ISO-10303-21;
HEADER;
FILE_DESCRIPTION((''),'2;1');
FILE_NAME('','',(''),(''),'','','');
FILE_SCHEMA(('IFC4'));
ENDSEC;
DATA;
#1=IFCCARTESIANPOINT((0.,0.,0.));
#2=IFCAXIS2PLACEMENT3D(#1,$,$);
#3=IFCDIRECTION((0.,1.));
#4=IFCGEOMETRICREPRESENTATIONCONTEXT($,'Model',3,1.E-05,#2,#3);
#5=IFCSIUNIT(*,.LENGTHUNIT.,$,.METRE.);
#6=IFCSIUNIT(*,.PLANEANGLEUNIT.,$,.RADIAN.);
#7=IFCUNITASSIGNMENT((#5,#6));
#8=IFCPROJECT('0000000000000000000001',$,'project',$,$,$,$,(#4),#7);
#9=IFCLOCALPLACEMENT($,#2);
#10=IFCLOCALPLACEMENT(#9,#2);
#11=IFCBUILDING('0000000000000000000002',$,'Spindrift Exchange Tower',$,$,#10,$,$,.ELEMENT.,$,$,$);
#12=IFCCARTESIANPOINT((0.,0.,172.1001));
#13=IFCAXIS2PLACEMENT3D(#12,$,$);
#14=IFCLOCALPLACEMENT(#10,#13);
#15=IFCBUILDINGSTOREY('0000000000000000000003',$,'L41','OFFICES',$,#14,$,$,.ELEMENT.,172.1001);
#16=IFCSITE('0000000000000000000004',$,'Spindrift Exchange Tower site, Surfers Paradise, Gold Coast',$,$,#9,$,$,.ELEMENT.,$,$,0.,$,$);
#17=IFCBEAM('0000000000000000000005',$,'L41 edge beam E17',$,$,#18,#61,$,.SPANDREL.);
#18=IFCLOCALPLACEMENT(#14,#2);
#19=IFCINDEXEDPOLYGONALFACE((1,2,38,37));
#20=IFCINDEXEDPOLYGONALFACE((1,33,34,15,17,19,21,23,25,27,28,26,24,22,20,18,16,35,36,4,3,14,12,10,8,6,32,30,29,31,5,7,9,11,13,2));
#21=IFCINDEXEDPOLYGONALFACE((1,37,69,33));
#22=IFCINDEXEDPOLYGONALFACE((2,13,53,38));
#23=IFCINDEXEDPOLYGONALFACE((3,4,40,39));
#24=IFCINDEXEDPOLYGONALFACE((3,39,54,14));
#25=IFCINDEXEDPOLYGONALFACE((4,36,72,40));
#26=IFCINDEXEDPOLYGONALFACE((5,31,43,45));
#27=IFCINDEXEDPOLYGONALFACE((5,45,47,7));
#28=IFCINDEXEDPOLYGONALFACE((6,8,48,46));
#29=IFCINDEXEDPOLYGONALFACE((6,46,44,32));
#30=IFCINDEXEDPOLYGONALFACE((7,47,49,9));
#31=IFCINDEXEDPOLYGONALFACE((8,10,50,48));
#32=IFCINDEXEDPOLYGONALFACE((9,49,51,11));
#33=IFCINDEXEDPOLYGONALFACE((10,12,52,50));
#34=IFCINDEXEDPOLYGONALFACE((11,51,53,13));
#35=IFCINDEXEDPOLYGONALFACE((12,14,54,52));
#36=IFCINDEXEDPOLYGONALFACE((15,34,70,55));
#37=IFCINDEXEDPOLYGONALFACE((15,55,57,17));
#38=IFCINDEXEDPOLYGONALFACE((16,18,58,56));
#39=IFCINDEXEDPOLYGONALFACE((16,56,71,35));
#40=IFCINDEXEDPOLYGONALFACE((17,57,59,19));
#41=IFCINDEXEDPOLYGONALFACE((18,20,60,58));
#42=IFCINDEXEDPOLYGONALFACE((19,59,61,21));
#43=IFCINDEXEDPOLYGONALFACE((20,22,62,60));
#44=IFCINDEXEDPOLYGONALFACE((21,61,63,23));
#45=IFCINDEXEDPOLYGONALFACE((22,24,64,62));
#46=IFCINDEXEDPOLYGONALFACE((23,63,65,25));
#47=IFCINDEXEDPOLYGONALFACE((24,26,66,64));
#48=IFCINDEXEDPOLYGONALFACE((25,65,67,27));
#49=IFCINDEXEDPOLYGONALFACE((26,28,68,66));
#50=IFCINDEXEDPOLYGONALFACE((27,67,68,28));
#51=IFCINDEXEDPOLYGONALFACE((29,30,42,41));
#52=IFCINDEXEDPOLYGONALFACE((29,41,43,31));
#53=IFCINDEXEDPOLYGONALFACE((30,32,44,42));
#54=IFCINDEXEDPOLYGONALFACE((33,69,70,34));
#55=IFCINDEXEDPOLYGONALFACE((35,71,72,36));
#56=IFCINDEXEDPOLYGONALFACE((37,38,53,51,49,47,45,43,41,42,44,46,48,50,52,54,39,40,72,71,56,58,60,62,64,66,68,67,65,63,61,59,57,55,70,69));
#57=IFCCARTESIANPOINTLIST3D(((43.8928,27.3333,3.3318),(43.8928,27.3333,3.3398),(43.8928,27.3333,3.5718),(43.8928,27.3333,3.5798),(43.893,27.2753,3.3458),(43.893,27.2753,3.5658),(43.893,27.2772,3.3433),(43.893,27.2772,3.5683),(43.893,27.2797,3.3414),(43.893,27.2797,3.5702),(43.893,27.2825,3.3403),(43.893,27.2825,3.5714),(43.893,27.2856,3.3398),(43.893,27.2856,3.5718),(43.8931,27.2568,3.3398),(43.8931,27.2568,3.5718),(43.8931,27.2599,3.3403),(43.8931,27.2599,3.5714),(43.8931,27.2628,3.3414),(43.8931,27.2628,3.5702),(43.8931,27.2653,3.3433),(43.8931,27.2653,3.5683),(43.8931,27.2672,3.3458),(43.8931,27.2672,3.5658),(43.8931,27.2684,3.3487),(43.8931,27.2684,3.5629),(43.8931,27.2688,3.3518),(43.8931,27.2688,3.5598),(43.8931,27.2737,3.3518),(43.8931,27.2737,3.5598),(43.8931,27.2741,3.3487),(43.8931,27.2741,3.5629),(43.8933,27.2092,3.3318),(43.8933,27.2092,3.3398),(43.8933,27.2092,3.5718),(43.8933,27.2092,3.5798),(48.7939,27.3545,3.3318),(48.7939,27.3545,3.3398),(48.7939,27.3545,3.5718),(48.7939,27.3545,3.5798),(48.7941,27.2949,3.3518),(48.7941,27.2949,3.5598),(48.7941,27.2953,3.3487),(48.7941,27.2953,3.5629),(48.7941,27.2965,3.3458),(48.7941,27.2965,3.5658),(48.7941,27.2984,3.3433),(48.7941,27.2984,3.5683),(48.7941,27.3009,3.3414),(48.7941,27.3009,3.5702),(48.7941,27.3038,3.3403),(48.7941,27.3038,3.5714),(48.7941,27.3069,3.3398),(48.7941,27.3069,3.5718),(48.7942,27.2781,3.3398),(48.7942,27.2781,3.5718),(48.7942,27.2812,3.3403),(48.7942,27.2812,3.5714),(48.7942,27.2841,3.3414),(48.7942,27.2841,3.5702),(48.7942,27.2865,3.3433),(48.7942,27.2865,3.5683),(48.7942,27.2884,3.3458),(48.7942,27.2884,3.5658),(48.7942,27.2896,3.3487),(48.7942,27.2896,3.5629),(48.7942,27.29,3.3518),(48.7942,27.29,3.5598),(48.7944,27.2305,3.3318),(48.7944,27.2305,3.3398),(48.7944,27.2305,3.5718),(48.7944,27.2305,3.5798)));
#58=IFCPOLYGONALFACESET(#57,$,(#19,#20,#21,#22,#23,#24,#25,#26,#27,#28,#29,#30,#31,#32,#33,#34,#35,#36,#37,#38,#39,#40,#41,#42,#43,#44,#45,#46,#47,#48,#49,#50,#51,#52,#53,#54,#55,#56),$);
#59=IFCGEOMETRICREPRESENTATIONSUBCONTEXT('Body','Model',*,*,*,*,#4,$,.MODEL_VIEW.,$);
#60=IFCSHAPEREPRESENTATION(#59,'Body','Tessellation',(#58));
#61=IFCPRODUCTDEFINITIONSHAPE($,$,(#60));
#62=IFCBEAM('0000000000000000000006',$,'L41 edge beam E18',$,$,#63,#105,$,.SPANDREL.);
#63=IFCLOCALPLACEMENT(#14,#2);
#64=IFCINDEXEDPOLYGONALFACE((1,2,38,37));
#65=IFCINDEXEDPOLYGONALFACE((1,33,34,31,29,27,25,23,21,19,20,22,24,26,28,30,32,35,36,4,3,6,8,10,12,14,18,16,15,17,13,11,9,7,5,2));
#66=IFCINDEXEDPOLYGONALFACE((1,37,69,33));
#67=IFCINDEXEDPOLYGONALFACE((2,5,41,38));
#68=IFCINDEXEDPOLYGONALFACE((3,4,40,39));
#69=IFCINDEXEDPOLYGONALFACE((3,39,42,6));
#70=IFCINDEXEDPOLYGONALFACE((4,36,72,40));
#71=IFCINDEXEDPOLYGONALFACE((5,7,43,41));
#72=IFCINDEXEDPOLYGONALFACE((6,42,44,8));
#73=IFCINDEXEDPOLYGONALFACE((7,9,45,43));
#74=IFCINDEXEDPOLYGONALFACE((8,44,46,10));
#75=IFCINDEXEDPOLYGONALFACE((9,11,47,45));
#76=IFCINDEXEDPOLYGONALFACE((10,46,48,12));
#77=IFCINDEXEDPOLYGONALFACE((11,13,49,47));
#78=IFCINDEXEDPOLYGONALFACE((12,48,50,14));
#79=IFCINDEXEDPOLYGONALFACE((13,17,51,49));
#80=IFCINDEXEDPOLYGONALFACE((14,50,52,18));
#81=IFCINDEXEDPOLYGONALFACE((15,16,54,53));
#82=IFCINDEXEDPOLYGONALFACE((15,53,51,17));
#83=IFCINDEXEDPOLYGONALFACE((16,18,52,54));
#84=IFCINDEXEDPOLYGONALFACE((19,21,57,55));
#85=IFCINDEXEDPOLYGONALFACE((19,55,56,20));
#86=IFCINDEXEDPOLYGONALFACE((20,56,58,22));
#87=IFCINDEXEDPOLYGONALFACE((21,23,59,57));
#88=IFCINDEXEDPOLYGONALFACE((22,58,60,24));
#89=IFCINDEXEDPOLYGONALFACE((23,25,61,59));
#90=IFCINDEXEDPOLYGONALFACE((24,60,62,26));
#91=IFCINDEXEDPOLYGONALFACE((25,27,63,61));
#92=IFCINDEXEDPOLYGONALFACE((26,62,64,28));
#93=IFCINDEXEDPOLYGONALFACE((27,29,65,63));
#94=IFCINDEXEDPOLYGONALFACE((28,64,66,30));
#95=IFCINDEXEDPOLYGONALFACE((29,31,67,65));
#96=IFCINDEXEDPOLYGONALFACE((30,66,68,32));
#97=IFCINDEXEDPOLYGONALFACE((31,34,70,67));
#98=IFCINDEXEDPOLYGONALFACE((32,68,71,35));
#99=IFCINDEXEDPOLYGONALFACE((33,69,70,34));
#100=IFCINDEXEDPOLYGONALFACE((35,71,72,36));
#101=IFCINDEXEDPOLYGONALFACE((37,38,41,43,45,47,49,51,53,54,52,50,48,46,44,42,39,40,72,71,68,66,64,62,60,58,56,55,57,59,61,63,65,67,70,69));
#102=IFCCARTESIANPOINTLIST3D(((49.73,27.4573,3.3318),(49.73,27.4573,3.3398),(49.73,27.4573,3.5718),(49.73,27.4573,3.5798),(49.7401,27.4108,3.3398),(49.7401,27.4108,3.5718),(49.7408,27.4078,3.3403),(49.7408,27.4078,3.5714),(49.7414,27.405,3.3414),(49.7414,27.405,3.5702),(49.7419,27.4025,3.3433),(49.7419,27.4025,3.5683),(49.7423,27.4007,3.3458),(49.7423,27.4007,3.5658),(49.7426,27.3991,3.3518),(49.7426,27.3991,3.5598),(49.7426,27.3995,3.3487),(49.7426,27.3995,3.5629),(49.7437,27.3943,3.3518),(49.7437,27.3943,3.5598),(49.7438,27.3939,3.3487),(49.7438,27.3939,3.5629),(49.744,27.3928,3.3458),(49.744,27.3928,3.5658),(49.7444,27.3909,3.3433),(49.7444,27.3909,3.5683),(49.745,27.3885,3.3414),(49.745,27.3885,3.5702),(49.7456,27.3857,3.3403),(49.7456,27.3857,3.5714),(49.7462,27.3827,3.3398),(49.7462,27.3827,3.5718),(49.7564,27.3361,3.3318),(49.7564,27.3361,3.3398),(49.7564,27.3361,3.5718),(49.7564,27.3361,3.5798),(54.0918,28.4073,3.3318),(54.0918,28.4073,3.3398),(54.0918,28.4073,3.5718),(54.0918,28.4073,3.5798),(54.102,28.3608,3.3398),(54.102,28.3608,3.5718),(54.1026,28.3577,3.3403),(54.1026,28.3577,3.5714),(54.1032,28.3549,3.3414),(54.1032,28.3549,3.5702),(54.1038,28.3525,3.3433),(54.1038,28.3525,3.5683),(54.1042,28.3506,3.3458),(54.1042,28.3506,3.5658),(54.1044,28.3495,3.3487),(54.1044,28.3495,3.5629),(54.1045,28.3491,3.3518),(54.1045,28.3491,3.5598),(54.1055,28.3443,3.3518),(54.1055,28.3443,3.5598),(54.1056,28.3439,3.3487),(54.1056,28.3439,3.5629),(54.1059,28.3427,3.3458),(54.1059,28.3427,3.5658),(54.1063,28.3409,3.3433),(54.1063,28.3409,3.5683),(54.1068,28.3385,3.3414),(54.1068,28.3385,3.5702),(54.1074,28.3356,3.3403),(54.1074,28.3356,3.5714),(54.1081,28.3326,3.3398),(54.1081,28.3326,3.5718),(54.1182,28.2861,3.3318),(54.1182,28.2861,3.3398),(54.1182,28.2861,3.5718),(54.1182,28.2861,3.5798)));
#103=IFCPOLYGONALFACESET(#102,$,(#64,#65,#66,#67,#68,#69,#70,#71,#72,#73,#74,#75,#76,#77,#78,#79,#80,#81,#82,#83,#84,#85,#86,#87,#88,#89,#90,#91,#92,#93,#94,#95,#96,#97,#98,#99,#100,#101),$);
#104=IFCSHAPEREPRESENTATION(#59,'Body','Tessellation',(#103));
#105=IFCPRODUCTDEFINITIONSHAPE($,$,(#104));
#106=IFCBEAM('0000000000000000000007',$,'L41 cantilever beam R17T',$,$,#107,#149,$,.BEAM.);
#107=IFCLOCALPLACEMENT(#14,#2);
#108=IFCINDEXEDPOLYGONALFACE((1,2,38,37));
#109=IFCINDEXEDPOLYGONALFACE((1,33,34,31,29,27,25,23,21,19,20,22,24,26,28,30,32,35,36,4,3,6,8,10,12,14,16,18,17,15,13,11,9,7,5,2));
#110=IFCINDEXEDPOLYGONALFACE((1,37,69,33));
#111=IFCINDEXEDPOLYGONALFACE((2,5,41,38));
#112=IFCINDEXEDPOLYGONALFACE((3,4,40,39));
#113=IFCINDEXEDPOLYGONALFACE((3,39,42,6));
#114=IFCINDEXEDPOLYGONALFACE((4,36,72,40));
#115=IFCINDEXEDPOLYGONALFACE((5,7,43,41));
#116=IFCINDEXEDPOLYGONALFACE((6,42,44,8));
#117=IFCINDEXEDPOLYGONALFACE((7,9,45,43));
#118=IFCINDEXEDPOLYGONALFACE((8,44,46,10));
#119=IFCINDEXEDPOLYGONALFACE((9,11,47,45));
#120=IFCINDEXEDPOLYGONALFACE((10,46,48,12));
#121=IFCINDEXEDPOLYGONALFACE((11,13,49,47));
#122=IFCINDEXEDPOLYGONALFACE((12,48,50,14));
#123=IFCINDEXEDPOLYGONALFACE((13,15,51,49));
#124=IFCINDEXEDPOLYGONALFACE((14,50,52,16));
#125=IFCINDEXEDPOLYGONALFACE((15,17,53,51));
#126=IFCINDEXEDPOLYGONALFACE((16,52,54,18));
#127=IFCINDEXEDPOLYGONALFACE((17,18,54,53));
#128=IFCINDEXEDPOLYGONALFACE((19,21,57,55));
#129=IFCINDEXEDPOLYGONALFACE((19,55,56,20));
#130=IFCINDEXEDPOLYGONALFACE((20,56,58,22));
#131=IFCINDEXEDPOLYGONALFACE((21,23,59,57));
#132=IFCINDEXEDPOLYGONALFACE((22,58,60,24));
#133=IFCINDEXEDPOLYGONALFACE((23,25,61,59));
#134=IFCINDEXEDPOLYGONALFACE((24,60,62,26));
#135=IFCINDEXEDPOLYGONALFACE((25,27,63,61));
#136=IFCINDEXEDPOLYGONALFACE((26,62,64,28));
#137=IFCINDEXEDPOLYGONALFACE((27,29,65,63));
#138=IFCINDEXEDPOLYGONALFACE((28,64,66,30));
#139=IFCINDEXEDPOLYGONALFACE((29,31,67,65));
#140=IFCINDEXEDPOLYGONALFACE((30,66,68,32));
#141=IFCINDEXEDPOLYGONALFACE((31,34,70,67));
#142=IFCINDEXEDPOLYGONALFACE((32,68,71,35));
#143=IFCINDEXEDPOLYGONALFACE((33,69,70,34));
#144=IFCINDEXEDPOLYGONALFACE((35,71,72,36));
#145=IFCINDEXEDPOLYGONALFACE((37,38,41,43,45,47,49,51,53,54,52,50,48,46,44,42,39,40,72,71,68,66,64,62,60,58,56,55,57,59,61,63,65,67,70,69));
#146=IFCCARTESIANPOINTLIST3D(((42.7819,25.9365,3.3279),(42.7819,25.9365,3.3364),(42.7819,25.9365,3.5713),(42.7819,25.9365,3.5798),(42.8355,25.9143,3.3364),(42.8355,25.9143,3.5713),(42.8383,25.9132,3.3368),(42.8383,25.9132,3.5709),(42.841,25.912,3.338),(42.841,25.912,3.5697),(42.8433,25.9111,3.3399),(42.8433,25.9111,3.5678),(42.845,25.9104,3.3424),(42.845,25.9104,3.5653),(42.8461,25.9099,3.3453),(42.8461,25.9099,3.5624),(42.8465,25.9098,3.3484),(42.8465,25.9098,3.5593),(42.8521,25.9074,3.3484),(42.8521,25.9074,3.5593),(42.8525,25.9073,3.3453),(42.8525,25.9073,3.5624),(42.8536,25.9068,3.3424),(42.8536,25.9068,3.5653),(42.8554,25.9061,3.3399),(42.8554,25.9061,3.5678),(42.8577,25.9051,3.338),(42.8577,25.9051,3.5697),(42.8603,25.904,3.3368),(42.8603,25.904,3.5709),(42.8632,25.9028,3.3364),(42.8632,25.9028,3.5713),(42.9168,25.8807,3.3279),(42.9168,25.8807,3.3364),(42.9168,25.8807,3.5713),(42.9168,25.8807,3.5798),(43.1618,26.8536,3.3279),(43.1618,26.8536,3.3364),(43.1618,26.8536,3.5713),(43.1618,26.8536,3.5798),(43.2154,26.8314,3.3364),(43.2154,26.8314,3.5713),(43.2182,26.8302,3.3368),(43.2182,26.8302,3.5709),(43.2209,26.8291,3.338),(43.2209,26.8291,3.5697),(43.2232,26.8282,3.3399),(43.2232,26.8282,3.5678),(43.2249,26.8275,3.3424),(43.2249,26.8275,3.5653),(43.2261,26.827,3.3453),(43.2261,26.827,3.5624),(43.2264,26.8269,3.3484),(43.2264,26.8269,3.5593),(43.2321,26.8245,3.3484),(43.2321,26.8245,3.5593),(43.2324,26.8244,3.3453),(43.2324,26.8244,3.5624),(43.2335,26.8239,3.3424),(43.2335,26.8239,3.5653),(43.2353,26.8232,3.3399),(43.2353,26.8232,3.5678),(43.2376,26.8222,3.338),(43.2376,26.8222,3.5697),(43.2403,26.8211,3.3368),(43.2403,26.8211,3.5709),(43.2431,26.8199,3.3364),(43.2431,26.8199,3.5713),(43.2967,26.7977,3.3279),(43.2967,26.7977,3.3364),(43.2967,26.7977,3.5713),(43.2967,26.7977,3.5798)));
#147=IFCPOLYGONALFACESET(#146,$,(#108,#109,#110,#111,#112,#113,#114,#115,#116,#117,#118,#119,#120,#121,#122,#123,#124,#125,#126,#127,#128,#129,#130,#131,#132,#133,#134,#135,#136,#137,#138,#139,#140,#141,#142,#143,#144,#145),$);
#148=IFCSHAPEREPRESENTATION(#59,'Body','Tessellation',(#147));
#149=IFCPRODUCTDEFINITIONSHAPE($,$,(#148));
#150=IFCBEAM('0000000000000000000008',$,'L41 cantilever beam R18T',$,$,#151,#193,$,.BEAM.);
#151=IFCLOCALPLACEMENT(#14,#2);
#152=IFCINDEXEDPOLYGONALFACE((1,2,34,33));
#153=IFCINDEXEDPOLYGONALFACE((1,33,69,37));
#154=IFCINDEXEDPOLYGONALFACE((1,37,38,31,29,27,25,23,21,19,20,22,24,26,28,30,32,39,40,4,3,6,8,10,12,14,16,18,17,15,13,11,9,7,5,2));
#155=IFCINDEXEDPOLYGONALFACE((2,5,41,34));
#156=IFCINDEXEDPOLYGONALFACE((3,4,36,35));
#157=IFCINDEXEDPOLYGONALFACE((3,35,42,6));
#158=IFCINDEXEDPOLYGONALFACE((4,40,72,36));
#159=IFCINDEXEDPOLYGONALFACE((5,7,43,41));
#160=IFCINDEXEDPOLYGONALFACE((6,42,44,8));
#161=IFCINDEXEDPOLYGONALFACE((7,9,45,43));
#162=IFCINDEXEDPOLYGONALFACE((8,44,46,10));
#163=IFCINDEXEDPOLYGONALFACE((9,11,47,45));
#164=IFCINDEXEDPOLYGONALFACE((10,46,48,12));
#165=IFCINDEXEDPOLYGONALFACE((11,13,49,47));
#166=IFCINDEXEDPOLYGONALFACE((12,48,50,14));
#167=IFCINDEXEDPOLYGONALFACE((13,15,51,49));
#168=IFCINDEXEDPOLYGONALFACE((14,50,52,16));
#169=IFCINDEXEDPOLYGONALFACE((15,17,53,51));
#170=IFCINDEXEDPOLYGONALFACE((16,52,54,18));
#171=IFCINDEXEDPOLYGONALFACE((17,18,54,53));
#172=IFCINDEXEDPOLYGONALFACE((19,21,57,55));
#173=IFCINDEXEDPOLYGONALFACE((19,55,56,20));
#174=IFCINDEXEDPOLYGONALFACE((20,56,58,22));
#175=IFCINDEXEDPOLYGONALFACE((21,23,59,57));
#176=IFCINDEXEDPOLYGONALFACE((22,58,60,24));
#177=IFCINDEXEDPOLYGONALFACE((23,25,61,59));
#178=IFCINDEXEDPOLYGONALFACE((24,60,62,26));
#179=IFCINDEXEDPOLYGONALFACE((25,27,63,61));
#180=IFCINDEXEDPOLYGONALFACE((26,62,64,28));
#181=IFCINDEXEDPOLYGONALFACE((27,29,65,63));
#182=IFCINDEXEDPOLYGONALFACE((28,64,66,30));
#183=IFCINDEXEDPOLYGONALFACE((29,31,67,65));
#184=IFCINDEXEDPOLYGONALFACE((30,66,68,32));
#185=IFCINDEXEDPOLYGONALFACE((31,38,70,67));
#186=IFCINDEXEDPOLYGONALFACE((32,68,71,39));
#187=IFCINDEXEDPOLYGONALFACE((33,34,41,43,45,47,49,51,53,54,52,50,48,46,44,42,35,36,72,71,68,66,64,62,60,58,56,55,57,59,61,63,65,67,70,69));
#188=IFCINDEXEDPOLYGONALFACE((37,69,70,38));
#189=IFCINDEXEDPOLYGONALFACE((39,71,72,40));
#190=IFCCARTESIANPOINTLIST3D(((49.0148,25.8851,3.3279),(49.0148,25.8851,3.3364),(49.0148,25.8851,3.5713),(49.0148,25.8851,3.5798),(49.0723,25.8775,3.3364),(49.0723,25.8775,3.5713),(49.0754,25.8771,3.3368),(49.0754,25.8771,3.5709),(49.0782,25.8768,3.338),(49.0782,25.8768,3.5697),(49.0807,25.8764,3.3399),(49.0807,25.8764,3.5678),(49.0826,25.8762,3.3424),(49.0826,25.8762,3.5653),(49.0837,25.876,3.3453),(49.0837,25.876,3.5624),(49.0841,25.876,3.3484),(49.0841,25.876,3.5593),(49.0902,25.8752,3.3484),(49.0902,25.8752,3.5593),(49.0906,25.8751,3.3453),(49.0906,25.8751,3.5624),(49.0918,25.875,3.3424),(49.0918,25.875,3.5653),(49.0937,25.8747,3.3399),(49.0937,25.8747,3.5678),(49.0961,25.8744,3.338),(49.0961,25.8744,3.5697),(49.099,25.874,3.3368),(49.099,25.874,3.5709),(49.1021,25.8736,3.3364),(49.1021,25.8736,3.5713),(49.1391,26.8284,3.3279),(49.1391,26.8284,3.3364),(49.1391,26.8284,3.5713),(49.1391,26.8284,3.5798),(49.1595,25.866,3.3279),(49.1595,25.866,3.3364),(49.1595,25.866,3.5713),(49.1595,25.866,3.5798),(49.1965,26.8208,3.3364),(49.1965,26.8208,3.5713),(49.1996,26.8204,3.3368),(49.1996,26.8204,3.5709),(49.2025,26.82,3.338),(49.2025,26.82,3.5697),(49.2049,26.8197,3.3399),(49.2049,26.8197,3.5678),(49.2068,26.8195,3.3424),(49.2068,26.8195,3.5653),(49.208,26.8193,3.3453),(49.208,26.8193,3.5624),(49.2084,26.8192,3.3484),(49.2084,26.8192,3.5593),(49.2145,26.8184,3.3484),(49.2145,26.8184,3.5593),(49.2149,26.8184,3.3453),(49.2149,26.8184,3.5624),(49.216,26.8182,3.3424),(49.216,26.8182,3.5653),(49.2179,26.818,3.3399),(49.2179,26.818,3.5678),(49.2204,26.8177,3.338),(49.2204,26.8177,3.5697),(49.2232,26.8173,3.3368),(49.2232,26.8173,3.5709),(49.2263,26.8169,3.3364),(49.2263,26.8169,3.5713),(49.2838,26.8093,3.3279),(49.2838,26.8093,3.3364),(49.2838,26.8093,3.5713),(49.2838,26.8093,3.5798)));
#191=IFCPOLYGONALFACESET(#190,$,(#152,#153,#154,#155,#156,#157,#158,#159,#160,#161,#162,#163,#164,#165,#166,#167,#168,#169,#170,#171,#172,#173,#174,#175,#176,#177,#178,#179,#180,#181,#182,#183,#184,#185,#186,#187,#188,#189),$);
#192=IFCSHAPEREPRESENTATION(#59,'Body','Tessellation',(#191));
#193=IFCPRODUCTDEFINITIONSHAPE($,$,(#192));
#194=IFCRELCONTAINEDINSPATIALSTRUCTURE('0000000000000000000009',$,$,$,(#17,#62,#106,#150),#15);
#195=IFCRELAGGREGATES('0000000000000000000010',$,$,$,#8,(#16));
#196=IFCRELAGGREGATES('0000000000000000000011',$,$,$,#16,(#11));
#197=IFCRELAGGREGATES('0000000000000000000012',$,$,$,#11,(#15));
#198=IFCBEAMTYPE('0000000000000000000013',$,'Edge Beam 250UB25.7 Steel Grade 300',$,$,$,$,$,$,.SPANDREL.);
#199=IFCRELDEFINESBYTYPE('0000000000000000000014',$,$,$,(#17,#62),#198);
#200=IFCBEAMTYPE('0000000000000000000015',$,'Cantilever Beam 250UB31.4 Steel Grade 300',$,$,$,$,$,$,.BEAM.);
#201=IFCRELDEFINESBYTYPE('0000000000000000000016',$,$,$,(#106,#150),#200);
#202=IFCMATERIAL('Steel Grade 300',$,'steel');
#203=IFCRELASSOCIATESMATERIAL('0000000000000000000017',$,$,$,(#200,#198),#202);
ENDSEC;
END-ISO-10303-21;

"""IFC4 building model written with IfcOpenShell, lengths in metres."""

from ifc_helpers import new_model, si_unit, direction, frame, origin, origin_2d, place, context, subcontext, project, spatial, i_section, extrude, source, transform, mapped, material, material_profile, profile_set, type_object, element, save


model = new_model("IFC4")

# Units and contexts
model_context = context("Model", 3, precision=1e-05, world=origin(), true_north=direction((0.0, 1.0)))
body_context = subcontext(model_context, "Body", "Model", "MODEL_VIEW")
ifc_project = project(units=[si_unit("LENGTHUNIT", "METRE"), si_unit("PLANEANGLEUNIT", "RADIAN")], contexts=[model_context])

# Site, building, storey
site_placement = place(None, origin())
site = spatial("IfcSite", under=ifc_project, at=site_placement, Name="Spindrift Exchange Tower site, Surfers Paradise, Gold Coast", CompositionType="ELEMENT", RefElevation=0.0)
building_placement = place(site_placement, origin())
building = spatial("IfcBuilding", under=site, at=building_placement, Name="Spindrift Exchange Tower", CompositionType="ELEMENT")
storey_placement = place(building_placement, frame((0.0, 0.0, 172.1001)))
storey = spatial("IfcBuildingStorey", under=building, at=storey_placement, Name="L41", Description="OFFICES", CompositionType="ELEMENT", Elevation=172.1001)

# Beams
ifc_material_1 = material(Name="Steel Grade 300", Category="steel")
ifc_material_profile_1 = material_profile(ifc_material_1, i_section(OverallWidth=0.146, OverallDepth=0.252, WebThickness=0.0061, FlangeThickness=0.0085, FilletRadius=0.012, at=origin_2d()), Name="250UB31.4")
ifc_profile_set_1 = profile_set([ifc_material_profile_1], Name="Steel Grade 300")
beam_type_1 = type_object("IfcBeamType", Name="Cantilever Beam 250UB31.4 Steel Grade 300", PredefinedType="BEAM", material=ifc_profile_set_1)
ifc_material_profile_2 = material_profile(ifc_material_1, i_section(OverallWidth=0.124, OverallDepth=0.248, WebThickness=0.0049, FlangeThickness=0.0081, FilletRadius=0.012, at=origin_2d()), Name="250UB25.7")
ifc_profile_set_2 = profile_set([ifc_material_profile_2], Name="Steel Grade 300")
beam_type_2 = type_object("IfcBeamType", Name="Edge Beam 250UB25.7 Steel Grade 300", PredefinedType="SPANDREL", material=ifc_profile_set_2)
shared_shape_1 = source(origin(), body_context, "Body", "SweptSolid", [
    extrude(i_section(OverallWidth=0.124, OverallDepth=0.248, WebThickness=0.0049, FlangeThickness=0.0081, FilletRadius=0.012, at=origin_2d()), origin(), (0.0, 0.0, 1.0), 4.9011),
])
beam_1_placement = place(storey_placement, frame((43.8931, 27.2712, 3.4558), z_axis=(0.999991, 0.004334, 0.0), x_axis=(-0.004334, 0.999991, 0.0)))
element("IfcBeam", 1, at=beam_1_placement, inside=storey, type_object=beam_type_2, Name="L41 edge beam E17", PredefinedType="SPANDREL", context=body_context, shape_type="MappedRepresentation", body=[
    mapped(shared_shape_1, transform((0.0, 0.0, 0.0), scale=1.0)),
])
shared_shape_2 = source(origin(), body_context, "Body", "SweptSolid", [
    extrude(i_section(OverallWidth=0.124, OverallDepth=0.248, WebThickness=0.0049, FlangeThickness=0.0081, FilletRadius=0.012, at=origin_2d()), origin(), (0.0, 0.0, 1.0), 4.4641),
])
beam_2_placement = place(storey_placement, frame((49.7432, 27.3967, 3.4558), z_axis=(0.977096, 0.2128, 0.0), x_axis=(-0.2128, 0.977096, 0.0)))
element("IfcBeam", 2, at=beam_2_placement, inside=storey, type_object=beam_type_2, Name="L41 edge beam E18", PredefinedType="SPANDREL", context=body_context, shape_type="MappedRepresentation", body=[
    mapped(shared_shape_2, transform((0.0, 0.0, 0.0), scale=1.0)),
])
shared_shape_3 = source(origin(), body_context, "Body", "SweptSolid", [
    extrude(i_section(OverallWidth=0.146, OverallDepth=0.252, WebThickness=0.0061, FlangeThickness=0.0085, FilletRadius=0.012, at=origin_2d()), origin(), (0.0, 0.0, 1.0), 0.9927),
])
beam_3_placement = place(storey_placement, frame((43.2292, 26.8257, 3.4539), z_axis=(-0.382728, -0.923861, 0.0), x_axis=(0.923861, -0.382728, 0.0)))
element("IfcBeam", 3, at=beam_3_placement, inside=storey, type_object=beam_type_1, Name="L41 cantilever beam R17T", PredefinedType="BEAM", context=body_context, shape_type="MappedRepresentation", body=[
    mapped(shared_shape_3, transform((0.0, 0.0, 0.0), scale=1.0)),
])
shared_shape_4 = source(origin(), body_context, "Body", "SweptSolid", [
    extrude(i_section(OverallWidth=0.146, OverallDepth=0.252, WebThickness=0.0061, FlangeThickness=0.0085, FilletRadius=0.012, at=origin_2d()), origin(), (0.0, 0.0, 1.0), 0.9514),
])
beam_4_placement = place(storey_placement, frame((49.2114, 26.8188, 3.4539), z_axis=(-0.130601, -0.991435, 0.0), x_axis=(0.991435, -0.130601, 0.0)))
element("IfcBeam", 4, at=beam_4_placement, inside=storey, type_object=beam_type_1, Name="L41 cantilever beam R18T", PredefinedType="BEAM", context=body_context, shape_type="MappedRepresentation", body=[
    mapped(shared_shape_4, transform((0.0, 0.0, 0.0), scale=1.0)),
])

save(model, "model.ifc")
